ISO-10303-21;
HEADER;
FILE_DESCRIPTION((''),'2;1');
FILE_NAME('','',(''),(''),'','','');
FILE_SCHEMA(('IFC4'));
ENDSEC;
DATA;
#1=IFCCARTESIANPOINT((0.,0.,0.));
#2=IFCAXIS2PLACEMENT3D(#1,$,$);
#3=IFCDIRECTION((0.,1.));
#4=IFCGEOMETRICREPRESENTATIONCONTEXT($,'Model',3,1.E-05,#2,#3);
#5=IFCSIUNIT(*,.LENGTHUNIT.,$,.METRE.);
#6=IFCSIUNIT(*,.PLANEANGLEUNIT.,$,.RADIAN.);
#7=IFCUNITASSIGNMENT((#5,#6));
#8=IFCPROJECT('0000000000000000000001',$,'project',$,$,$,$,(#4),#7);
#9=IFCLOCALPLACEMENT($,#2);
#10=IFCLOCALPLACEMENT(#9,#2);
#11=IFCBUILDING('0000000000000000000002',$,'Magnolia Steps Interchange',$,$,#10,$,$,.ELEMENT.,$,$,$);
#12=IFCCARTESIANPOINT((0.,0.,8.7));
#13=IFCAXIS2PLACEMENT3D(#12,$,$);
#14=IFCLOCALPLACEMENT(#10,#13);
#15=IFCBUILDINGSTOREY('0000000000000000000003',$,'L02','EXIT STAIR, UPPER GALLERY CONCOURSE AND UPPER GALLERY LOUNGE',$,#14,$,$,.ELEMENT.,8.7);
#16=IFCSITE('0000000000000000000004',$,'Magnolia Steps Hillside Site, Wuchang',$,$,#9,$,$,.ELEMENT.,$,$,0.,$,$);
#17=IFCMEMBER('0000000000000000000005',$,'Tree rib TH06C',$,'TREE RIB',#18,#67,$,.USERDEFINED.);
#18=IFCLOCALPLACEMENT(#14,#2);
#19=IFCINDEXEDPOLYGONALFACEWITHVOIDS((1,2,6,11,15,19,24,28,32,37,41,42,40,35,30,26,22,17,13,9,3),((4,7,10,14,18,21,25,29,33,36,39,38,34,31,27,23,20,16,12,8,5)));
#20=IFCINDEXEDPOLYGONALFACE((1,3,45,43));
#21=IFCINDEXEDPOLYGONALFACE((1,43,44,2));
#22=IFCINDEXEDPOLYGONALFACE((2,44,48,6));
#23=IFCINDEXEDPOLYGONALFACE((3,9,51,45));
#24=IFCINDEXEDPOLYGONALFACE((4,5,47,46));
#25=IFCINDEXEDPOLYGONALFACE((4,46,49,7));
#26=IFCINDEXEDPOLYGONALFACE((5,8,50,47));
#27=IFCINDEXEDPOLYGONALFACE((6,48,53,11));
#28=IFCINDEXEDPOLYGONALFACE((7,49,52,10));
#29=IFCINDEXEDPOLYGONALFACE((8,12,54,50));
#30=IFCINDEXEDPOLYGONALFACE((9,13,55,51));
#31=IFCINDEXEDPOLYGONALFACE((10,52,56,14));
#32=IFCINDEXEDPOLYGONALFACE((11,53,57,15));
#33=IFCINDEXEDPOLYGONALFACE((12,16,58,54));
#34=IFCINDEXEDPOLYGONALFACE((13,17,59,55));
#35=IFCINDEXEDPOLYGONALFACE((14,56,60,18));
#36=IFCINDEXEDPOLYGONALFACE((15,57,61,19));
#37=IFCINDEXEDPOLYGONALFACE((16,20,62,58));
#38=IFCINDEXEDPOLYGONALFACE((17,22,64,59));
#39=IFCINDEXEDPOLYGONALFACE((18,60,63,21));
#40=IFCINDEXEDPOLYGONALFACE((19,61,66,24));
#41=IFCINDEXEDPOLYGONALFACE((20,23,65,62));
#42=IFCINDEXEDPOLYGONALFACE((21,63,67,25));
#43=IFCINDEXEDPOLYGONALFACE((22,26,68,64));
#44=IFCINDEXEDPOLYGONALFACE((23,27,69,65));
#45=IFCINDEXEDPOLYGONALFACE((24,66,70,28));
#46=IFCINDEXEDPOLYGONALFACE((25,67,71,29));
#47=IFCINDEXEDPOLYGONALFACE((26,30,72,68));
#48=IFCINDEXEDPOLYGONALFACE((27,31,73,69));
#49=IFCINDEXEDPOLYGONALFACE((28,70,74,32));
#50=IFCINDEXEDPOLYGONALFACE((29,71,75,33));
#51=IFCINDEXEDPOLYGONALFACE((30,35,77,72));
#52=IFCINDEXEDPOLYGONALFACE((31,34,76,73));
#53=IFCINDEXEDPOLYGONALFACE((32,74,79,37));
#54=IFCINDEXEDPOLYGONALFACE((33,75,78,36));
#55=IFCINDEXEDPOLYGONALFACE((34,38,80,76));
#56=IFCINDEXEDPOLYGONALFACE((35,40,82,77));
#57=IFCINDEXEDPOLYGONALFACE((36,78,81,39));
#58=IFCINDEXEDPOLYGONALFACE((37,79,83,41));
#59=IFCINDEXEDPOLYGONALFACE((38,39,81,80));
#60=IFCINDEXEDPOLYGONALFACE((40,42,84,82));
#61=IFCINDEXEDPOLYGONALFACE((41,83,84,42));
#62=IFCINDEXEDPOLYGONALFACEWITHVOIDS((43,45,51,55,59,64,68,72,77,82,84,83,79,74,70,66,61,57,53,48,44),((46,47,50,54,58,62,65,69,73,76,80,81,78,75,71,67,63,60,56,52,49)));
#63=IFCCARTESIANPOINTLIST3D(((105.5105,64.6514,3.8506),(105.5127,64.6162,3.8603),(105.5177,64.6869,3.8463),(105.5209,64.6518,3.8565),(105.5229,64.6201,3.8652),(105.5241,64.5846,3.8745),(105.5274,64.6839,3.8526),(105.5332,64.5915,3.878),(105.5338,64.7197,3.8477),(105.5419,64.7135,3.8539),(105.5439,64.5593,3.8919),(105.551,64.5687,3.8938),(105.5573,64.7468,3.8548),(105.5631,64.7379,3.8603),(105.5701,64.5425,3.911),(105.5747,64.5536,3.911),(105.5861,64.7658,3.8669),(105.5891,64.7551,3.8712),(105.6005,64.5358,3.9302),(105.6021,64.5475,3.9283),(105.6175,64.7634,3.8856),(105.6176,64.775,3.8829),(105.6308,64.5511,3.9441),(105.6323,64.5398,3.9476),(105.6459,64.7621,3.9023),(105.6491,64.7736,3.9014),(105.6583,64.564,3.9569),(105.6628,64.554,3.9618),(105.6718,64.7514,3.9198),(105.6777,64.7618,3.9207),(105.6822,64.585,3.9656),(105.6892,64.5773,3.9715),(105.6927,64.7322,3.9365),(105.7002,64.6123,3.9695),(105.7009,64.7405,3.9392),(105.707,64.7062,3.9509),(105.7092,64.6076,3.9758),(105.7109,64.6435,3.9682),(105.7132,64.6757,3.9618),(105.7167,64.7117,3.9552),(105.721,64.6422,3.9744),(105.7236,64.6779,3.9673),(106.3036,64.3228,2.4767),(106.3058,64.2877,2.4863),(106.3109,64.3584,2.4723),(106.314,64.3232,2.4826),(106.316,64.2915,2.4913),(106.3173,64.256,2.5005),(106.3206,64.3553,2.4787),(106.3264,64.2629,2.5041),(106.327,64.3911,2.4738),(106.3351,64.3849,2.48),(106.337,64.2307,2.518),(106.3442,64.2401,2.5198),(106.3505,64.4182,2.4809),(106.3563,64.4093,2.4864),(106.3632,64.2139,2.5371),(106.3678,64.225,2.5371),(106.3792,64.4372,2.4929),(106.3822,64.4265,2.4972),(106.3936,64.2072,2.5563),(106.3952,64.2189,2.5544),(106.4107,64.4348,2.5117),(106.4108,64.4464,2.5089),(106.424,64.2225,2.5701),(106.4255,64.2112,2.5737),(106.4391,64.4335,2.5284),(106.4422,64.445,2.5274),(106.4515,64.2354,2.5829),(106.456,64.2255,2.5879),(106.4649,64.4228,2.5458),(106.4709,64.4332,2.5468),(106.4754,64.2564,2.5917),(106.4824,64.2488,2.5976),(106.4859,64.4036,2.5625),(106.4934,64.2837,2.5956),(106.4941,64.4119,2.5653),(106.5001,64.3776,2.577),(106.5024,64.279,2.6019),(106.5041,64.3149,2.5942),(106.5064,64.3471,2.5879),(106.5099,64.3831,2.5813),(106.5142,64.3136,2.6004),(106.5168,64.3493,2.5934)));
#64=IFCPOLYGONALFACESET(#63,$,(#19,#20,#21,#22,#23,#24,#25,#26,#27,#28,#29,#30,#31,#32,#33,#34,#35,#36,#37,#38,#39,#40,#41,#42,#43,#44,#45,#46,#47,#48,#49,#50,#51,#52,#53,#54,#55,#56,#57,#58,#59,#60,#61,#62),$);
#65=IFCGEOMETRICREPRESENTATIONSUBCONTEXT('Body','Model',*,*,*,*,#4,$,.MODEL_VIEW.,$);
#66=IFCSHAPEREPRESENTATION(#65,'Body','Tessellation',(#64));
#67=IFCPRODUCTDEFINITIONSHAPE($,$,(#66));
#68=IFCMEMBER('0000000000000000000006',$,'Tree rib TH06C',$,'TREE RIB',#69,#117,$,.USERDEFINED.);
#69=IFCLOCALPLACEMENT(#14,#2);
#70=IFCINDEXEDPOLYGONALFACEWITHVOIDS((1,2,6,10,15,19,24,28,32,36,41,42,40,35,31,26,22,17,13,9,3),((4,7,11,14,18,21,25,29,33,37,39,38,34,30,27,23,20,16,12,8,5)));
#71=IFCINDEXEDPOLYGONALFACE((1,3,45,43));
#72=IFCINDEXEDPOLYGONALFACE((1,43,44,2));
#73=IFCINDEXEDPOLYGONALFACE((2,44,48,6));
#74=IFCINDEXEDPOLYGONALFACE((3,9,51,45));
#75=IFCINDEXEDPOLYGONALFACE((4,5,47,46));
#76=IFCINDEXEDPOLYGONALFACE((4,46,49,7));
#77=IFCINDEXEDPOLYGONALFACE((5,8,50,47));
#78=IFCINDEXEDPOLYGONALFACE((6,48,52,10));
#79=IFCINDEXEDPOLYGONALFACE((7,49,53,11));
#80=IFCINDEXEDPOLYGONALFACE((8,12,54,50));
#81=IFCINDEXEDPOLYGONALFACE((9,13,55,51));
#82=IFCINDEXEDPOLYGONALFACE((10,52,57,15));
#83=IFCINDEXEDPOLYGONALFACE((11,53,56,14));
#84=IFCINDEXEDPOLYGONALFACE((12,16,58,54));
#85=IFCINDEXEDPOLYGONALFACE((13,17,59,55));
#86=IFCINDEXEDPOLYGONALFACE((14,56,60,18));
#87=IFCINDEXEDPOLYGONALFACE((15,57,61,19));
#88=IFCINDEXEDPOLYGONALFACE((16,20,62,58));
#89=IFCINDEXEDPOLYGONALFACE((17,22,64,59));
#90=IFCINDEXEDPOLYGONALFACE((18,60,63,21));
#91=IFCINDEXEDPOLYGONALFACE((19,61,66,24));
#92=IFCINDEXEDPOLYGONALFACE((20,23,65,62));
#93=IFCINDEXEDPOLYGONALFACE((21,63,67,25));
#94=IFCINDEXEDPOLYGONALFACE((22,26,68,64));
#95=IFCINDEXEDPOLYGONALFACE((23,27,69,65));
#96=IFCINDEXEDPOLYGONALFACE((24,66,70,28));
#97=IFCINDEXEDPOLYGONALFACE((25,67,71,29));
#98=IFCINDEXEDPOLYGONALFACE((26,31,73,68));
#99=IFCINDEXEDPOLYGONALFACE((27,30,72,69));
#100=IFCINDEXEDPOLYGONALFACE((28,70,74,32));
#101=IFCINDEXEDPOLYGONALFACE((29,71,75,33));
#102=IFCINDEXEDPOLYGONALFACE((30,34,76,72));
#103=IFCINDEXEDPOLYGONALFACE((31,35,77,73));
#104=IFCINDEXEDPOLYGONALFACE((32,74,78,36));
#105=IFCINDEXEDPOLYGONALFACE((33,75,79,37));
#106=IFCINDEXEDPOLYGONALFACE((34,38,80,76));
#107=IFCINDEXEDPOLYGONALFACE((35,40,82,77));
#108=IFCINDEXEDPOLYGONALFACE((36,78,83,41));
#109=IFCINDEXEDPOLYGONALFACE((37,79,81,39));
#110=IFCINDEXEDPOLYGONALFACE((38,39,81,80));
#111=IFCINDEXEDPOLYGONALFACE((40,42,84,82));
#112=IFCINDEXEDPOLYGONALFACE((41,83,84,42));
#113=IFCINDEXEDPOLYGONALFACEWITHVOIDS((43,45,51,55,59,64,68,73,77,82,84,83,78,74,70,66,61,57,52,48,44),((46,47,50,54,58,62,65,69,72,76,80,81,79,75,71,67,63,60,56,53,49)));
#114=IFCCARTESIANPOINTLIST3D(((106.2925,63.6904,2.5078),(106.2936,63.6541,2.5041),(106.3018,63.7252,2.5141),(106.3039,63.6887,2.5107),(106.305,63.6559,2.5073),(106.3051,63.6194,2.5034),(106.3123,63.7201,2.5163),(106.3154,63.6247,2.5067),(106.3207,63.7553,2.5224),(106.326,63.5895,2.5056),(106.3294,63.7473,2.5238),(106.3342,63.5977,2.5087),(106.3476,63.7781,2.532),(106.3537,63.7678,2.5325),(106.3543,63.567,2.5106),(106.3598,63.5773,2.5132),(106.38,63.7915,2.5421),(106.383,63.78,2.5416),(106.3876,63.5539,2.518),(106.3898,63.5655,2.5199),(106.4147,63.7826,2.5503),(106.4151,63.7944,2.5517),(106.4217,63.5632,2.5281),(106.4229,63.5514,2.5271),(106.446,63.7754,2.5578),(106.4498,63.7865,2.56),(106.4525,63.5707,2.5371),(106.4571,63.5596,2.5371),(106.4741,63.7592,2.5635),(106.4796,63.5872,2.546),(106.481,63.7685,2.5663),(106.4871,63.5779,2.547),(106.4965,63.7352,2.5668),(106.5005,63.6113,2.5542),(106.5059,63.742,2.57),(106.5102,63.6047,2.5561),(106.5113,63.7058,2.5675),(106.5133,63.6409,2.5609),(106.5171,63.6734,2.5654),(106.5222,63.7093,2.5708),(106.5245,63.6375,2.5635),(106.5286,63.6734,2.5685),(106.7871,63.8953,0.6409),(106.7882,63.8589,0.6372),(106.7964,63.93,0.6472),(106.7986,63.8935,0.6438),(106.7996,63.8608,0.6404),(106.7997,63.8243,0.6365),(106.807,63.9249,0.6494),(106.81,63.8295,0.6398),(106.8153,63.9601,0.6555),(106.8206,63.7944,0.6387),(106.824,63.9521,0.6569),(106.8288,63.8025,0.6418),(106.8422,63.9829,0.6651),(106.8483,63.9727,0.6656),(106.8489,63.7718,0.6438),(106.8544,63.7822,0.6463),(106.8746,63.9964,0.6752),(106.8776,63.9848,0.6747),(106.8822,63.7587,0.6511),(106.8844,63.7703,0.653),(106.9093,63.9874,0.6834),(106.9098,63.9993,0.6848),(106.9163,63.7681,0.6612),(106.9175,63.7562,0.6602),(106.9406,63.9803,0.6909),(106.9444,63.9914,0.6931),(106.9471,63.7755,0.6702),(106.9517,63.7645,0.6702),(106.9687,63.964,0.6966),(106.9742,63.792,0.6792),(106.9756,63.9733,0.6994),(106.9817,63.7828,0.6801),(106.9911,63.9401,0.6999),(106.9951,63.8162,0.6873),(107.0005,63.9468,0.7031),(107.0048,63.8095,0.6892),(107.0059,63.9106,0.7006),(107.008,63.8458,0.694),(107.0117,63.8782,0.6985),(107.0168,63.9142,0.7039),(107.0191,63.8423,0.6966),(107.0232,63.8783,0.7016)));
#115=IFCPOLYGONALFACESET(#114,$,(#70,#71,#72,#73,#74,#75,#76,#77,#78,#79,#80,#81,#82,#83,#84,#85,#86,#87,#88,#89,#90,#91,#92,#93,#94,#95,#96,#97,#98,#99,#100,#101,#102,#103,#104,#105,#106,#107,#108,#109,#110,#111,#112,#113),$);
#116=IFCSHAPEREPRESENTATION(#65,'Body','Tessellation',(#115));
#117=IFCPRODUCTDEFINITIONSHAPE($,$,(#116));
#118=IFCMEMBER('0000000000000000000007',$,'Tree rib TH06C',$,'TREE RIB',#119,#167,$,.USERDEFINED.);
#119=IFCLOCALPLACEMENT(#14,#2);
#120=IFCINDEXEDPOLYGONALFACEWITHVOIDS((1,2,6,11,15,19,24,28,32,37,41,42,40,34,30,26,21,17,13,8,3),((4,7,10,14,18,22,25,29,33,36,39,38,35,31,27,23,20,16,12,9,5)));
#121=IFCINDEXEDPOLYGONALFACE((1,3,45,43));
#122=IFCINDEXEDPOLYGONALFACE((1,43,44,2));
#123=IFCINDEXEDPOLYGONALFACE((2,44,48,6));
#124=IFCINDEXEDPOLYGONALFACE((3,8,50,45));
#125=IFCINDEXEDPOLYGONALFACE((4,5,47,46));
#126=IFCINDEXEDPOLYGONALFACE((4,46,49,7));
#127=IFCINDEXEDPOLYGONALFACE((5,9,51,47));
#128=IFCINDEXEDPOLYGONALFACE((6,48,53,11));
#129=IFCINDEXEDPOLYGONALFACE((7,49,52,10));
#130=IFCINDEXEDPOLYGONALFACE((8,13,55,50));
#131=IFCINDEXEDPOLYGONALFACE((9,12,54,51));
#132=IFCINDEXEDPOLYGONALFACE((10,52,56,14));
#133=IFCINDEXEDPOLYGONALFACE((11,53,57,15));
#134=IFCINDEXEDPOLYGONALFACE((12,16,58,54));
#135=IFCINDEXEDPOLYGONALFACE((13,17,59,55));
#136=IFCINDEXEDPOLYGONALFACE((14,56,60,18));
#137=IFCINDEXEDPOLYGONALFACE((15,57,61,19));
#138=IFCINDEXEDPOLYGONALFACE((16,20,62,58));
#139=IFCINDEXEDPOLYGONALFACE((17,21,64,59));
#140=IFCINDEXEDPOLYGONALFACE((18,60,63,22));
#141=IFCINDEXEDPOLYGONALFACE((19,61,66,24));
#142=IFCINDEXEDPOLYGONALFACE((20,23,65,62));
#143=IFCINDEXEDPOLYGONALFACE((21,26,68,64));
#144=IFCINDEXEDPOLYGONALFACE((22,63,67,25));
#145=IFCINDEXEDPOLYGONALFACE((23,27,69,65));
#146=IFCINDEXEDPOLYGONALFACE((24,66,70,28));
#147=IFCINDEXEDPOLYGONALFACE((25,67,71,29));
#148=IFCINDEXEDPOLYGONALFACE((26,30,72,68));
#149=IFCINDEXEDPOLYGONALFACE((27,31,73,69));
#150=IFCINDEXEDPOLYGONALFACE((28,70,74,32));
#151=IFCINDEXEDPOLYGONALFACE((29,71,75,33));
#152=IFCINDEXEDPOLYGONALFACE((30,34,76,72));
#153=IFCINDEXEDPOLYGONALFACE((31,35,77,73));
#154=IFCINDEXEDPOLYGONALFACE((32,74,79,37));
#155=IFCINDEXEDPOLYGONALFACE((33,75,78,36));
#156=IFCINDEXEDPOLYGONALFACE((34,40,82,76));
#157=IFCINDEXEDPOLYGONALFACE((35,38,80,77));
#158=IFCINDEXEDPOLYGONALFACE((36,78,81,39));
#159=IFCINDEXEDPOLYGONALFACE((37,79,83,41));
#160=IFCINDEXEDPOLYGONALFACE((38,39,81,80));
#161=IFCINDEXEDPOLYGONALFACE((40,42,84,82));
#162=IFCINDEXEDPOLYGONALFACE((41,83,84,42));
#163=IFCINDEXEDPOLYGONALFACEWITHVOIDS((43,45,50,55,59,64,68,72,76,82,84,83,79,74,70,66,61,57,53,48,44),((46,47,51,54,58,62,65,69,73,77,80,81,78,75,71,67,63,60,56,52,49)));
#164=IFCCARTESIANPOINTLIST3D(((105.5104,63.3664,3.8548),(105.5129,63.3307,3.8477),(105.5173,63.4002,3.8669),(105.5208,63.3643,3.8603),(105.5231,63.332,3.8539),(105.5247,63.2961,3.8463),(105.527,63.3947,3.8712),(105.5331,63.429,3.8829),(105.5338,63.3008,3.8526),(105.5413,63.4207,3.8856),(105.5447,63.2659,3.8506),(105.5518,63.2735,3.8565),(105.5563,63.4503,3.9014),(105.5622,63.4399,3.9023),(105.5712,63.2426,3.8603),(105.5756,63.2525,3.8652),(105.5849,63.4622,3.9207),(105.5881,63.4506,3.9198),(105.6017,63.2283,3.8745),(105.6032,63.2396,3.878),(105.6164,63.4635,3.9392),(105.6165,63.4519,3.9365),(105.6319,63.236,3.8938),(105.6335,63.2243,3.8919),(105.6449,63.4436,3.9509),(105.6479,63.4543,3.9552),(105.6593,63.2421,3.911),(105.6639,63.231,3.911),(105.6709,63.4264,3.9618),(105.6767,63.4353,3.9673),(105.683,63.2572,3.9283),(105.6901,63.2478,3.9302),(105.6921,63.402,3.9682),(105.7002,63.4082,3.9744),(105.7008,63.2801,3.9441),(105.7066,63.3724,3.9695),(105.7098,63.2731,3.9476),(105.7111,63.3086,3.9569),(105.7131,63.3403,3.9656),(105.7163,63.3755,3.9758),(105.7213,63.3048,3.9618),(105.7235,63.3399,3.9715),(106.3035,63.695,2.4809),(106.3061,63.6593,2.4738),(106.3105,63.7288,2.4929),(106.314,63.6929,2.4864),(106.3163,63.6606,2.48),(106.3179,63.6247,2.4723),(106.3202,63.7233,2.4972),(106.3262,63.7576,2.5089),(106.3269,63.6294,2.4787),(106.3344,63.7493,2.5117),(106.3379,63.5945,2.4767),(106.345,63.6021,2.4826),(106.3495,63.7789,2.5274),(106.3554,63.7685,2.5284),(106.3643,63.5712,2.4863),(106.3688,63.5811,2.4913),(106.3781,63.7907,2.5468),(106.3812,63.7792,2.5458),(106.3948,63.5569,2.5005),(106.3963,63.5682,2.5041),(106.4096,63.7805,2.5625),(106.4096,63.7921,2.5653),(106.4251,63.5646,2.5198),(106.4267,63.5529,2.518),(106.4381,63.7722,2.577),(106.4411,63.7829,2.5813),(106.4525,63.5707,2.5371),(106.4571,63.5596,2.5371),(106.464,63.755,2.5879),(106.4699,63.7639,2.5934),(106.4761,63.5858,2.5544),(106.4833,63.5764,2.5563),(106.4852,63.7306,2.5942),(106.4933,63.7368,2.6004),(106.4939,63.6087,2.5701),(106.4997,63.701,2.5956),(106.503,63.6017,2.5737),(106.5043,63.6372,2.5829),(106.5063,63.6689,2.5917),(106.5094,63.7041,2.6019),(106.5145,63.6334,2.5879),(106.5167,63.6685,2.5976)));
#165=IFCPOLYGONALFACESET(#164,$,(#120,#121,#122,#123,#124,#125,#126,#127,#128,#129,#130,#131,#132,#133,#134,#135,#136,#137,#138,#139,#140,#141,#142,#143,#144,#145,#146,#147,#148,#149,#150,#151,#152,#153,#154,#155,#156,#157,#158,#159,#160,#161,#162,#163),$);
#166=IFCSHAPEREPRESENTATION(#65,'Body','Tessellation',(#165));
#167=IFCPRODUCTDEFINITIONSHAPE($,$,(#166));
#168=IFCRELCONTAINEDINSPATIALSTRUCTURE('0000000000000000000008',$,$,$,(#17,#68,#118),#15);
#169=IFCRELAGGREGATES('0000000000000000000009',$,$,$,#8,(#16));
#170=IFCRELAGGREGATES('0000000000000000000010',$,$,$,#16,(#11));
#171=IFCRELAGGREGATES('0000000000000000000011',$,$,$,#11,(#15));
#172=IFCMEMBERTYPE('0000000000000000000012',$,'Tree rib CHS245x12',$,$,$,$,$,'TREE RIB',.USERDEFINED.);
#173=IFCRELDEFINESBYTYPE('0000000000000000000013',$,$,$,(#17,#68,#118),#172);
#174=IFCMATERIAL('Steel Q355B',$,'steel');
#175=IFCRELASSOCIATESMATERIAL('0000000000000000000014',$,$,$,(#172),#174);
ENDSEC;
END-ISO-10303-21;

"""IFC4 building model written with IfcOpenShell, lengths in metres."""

from ifc_helpers import new_model, si_unit, direction, frame, origin, origin_2d, place, context, subcontext, project, spatial, hollow_circle, extrude, material, material_profile, profile_set, type_object, element, save


model = new_model("IFC4")

# Units and contexts
model_context = context("Model", 3, precision=1e-05, world=origin(), true_north=direction((0.0, 1.0)))
body_context = subcontext(model_context, "Body", "Model", "MODEL_VIEW")
ifc_project = project(units=[si_unit("LENGTHUNIT", "METRE"), si_unit("PLANEANGLEUNIT", "RADIAN")], contexts=[model_context])

# Site, building, storey
site_placement = place(None, origin())
site = spatial("IfcSite", under=ifc_project, at=site_placement, Name="Magnolia Steps Hillside Site, Wuchang", CompositionType="ELEMENT", RefElevation=0.0)
building_placement = place(site_placement, origin())
building = spatial("IfcBuilding", under=site, at=building_placement, Name="Magnolia Steps Interchange", CompositionType="ELEMENT")
storey_placement = place(building_placement, frame((0.0, 0.0, 8.7)))
storey = spatial("IfcBuildingStorey", under=building, at=storey_placement, Name="L02", Description="EXIT STAIR, UPPER GALLERY CONCOURSE AND UPPER GALLERY LOUNGE", CompositionType="ELEMENT", Elevation=8.7)

# Members
ifc_material_1 = material(Name="Steel Q355B", Category="steel")
ifc_material_profile_1 = material_profile(ifc_material_1, hollow_circle(Radius=0.1226, WallThickness=0.012, at=origin_2d()), Name="CHS245x12")
ifc_profile_set_1 = profile_set([ifc_material_profile_1], Name="Steel Q355B")
member_type_1 = type_object("IfcMemberType", Name="Tree rib CHS245x12", ElementType="TREE RIB", PredefinedType="USERDEFINED", material=ifc_profile_set_1)
member_1_placement = place(storey_placement, frame((106.4102, 64.3271, 2.5371), z_axis=(-0.489571, 0.20282, 0.848047), x_axis=(-0.382737, -0.923857, 0.0)))
element("IfcMember", 1, at=member_1_placement, inside=storey, type_object=member_type_1, Name="Tree rib TH06C", ObjectType="TREE RIB", PredefinedType="USERDEFINED", context=body_context, shape_type="SweptSolid", body=[
    extrude(hollow_circle(Radius=0.1226, WallThickness=0.012, at=origin_2d()), origin(), (0.0, 0.0, 1.0), 1.6201),
])
member_2_placement = place(storey_placement, frame((106.9048, 63.8777, 0.6702), z_axis=(-0.254676, -0.105466, 0.961258), x_axis=(0.382607, -0.923911, 0.0)))
element("IfcMember", 2, at=member_2_placement, inside=storey, type_object=member_type_1, Name="Tree rib TH06C", ObjectType="TREE RIB", PredefinedType="USERDEFINED", context=body_context, shape_type="SweptSolid", body=[
    extrude(hollow_circle(Radius=0.1226, WallThickness=0.012, at=origin_2d()), origin(), (0.0, 0.0, 1.0), 1.9421),
])
member_3_placement = place(storey_placement, frame((106.4102, 63.6729, 2.5371), z_axis=(-0.489571, -0.20282, 0.848047), x_axis=(0.382737, -0.923857, 0.0)))
element("IfcMember", 3, at=member_3_placement, inside=storey, type_object=member_type_1, Name="Tree rib TH06C", ObjectType="TREE RIB", PredefinedType="USERDEFINED", context=body_context, shape_type="SweptSolid", body=[
    extrude(hollow_circle(Radius=0.1226, WallThickness=0.012, at=origin_2d()), origin(), (0.0, 0.0, 1.0), 1.6201),
])

save(model, "model.ifc")
